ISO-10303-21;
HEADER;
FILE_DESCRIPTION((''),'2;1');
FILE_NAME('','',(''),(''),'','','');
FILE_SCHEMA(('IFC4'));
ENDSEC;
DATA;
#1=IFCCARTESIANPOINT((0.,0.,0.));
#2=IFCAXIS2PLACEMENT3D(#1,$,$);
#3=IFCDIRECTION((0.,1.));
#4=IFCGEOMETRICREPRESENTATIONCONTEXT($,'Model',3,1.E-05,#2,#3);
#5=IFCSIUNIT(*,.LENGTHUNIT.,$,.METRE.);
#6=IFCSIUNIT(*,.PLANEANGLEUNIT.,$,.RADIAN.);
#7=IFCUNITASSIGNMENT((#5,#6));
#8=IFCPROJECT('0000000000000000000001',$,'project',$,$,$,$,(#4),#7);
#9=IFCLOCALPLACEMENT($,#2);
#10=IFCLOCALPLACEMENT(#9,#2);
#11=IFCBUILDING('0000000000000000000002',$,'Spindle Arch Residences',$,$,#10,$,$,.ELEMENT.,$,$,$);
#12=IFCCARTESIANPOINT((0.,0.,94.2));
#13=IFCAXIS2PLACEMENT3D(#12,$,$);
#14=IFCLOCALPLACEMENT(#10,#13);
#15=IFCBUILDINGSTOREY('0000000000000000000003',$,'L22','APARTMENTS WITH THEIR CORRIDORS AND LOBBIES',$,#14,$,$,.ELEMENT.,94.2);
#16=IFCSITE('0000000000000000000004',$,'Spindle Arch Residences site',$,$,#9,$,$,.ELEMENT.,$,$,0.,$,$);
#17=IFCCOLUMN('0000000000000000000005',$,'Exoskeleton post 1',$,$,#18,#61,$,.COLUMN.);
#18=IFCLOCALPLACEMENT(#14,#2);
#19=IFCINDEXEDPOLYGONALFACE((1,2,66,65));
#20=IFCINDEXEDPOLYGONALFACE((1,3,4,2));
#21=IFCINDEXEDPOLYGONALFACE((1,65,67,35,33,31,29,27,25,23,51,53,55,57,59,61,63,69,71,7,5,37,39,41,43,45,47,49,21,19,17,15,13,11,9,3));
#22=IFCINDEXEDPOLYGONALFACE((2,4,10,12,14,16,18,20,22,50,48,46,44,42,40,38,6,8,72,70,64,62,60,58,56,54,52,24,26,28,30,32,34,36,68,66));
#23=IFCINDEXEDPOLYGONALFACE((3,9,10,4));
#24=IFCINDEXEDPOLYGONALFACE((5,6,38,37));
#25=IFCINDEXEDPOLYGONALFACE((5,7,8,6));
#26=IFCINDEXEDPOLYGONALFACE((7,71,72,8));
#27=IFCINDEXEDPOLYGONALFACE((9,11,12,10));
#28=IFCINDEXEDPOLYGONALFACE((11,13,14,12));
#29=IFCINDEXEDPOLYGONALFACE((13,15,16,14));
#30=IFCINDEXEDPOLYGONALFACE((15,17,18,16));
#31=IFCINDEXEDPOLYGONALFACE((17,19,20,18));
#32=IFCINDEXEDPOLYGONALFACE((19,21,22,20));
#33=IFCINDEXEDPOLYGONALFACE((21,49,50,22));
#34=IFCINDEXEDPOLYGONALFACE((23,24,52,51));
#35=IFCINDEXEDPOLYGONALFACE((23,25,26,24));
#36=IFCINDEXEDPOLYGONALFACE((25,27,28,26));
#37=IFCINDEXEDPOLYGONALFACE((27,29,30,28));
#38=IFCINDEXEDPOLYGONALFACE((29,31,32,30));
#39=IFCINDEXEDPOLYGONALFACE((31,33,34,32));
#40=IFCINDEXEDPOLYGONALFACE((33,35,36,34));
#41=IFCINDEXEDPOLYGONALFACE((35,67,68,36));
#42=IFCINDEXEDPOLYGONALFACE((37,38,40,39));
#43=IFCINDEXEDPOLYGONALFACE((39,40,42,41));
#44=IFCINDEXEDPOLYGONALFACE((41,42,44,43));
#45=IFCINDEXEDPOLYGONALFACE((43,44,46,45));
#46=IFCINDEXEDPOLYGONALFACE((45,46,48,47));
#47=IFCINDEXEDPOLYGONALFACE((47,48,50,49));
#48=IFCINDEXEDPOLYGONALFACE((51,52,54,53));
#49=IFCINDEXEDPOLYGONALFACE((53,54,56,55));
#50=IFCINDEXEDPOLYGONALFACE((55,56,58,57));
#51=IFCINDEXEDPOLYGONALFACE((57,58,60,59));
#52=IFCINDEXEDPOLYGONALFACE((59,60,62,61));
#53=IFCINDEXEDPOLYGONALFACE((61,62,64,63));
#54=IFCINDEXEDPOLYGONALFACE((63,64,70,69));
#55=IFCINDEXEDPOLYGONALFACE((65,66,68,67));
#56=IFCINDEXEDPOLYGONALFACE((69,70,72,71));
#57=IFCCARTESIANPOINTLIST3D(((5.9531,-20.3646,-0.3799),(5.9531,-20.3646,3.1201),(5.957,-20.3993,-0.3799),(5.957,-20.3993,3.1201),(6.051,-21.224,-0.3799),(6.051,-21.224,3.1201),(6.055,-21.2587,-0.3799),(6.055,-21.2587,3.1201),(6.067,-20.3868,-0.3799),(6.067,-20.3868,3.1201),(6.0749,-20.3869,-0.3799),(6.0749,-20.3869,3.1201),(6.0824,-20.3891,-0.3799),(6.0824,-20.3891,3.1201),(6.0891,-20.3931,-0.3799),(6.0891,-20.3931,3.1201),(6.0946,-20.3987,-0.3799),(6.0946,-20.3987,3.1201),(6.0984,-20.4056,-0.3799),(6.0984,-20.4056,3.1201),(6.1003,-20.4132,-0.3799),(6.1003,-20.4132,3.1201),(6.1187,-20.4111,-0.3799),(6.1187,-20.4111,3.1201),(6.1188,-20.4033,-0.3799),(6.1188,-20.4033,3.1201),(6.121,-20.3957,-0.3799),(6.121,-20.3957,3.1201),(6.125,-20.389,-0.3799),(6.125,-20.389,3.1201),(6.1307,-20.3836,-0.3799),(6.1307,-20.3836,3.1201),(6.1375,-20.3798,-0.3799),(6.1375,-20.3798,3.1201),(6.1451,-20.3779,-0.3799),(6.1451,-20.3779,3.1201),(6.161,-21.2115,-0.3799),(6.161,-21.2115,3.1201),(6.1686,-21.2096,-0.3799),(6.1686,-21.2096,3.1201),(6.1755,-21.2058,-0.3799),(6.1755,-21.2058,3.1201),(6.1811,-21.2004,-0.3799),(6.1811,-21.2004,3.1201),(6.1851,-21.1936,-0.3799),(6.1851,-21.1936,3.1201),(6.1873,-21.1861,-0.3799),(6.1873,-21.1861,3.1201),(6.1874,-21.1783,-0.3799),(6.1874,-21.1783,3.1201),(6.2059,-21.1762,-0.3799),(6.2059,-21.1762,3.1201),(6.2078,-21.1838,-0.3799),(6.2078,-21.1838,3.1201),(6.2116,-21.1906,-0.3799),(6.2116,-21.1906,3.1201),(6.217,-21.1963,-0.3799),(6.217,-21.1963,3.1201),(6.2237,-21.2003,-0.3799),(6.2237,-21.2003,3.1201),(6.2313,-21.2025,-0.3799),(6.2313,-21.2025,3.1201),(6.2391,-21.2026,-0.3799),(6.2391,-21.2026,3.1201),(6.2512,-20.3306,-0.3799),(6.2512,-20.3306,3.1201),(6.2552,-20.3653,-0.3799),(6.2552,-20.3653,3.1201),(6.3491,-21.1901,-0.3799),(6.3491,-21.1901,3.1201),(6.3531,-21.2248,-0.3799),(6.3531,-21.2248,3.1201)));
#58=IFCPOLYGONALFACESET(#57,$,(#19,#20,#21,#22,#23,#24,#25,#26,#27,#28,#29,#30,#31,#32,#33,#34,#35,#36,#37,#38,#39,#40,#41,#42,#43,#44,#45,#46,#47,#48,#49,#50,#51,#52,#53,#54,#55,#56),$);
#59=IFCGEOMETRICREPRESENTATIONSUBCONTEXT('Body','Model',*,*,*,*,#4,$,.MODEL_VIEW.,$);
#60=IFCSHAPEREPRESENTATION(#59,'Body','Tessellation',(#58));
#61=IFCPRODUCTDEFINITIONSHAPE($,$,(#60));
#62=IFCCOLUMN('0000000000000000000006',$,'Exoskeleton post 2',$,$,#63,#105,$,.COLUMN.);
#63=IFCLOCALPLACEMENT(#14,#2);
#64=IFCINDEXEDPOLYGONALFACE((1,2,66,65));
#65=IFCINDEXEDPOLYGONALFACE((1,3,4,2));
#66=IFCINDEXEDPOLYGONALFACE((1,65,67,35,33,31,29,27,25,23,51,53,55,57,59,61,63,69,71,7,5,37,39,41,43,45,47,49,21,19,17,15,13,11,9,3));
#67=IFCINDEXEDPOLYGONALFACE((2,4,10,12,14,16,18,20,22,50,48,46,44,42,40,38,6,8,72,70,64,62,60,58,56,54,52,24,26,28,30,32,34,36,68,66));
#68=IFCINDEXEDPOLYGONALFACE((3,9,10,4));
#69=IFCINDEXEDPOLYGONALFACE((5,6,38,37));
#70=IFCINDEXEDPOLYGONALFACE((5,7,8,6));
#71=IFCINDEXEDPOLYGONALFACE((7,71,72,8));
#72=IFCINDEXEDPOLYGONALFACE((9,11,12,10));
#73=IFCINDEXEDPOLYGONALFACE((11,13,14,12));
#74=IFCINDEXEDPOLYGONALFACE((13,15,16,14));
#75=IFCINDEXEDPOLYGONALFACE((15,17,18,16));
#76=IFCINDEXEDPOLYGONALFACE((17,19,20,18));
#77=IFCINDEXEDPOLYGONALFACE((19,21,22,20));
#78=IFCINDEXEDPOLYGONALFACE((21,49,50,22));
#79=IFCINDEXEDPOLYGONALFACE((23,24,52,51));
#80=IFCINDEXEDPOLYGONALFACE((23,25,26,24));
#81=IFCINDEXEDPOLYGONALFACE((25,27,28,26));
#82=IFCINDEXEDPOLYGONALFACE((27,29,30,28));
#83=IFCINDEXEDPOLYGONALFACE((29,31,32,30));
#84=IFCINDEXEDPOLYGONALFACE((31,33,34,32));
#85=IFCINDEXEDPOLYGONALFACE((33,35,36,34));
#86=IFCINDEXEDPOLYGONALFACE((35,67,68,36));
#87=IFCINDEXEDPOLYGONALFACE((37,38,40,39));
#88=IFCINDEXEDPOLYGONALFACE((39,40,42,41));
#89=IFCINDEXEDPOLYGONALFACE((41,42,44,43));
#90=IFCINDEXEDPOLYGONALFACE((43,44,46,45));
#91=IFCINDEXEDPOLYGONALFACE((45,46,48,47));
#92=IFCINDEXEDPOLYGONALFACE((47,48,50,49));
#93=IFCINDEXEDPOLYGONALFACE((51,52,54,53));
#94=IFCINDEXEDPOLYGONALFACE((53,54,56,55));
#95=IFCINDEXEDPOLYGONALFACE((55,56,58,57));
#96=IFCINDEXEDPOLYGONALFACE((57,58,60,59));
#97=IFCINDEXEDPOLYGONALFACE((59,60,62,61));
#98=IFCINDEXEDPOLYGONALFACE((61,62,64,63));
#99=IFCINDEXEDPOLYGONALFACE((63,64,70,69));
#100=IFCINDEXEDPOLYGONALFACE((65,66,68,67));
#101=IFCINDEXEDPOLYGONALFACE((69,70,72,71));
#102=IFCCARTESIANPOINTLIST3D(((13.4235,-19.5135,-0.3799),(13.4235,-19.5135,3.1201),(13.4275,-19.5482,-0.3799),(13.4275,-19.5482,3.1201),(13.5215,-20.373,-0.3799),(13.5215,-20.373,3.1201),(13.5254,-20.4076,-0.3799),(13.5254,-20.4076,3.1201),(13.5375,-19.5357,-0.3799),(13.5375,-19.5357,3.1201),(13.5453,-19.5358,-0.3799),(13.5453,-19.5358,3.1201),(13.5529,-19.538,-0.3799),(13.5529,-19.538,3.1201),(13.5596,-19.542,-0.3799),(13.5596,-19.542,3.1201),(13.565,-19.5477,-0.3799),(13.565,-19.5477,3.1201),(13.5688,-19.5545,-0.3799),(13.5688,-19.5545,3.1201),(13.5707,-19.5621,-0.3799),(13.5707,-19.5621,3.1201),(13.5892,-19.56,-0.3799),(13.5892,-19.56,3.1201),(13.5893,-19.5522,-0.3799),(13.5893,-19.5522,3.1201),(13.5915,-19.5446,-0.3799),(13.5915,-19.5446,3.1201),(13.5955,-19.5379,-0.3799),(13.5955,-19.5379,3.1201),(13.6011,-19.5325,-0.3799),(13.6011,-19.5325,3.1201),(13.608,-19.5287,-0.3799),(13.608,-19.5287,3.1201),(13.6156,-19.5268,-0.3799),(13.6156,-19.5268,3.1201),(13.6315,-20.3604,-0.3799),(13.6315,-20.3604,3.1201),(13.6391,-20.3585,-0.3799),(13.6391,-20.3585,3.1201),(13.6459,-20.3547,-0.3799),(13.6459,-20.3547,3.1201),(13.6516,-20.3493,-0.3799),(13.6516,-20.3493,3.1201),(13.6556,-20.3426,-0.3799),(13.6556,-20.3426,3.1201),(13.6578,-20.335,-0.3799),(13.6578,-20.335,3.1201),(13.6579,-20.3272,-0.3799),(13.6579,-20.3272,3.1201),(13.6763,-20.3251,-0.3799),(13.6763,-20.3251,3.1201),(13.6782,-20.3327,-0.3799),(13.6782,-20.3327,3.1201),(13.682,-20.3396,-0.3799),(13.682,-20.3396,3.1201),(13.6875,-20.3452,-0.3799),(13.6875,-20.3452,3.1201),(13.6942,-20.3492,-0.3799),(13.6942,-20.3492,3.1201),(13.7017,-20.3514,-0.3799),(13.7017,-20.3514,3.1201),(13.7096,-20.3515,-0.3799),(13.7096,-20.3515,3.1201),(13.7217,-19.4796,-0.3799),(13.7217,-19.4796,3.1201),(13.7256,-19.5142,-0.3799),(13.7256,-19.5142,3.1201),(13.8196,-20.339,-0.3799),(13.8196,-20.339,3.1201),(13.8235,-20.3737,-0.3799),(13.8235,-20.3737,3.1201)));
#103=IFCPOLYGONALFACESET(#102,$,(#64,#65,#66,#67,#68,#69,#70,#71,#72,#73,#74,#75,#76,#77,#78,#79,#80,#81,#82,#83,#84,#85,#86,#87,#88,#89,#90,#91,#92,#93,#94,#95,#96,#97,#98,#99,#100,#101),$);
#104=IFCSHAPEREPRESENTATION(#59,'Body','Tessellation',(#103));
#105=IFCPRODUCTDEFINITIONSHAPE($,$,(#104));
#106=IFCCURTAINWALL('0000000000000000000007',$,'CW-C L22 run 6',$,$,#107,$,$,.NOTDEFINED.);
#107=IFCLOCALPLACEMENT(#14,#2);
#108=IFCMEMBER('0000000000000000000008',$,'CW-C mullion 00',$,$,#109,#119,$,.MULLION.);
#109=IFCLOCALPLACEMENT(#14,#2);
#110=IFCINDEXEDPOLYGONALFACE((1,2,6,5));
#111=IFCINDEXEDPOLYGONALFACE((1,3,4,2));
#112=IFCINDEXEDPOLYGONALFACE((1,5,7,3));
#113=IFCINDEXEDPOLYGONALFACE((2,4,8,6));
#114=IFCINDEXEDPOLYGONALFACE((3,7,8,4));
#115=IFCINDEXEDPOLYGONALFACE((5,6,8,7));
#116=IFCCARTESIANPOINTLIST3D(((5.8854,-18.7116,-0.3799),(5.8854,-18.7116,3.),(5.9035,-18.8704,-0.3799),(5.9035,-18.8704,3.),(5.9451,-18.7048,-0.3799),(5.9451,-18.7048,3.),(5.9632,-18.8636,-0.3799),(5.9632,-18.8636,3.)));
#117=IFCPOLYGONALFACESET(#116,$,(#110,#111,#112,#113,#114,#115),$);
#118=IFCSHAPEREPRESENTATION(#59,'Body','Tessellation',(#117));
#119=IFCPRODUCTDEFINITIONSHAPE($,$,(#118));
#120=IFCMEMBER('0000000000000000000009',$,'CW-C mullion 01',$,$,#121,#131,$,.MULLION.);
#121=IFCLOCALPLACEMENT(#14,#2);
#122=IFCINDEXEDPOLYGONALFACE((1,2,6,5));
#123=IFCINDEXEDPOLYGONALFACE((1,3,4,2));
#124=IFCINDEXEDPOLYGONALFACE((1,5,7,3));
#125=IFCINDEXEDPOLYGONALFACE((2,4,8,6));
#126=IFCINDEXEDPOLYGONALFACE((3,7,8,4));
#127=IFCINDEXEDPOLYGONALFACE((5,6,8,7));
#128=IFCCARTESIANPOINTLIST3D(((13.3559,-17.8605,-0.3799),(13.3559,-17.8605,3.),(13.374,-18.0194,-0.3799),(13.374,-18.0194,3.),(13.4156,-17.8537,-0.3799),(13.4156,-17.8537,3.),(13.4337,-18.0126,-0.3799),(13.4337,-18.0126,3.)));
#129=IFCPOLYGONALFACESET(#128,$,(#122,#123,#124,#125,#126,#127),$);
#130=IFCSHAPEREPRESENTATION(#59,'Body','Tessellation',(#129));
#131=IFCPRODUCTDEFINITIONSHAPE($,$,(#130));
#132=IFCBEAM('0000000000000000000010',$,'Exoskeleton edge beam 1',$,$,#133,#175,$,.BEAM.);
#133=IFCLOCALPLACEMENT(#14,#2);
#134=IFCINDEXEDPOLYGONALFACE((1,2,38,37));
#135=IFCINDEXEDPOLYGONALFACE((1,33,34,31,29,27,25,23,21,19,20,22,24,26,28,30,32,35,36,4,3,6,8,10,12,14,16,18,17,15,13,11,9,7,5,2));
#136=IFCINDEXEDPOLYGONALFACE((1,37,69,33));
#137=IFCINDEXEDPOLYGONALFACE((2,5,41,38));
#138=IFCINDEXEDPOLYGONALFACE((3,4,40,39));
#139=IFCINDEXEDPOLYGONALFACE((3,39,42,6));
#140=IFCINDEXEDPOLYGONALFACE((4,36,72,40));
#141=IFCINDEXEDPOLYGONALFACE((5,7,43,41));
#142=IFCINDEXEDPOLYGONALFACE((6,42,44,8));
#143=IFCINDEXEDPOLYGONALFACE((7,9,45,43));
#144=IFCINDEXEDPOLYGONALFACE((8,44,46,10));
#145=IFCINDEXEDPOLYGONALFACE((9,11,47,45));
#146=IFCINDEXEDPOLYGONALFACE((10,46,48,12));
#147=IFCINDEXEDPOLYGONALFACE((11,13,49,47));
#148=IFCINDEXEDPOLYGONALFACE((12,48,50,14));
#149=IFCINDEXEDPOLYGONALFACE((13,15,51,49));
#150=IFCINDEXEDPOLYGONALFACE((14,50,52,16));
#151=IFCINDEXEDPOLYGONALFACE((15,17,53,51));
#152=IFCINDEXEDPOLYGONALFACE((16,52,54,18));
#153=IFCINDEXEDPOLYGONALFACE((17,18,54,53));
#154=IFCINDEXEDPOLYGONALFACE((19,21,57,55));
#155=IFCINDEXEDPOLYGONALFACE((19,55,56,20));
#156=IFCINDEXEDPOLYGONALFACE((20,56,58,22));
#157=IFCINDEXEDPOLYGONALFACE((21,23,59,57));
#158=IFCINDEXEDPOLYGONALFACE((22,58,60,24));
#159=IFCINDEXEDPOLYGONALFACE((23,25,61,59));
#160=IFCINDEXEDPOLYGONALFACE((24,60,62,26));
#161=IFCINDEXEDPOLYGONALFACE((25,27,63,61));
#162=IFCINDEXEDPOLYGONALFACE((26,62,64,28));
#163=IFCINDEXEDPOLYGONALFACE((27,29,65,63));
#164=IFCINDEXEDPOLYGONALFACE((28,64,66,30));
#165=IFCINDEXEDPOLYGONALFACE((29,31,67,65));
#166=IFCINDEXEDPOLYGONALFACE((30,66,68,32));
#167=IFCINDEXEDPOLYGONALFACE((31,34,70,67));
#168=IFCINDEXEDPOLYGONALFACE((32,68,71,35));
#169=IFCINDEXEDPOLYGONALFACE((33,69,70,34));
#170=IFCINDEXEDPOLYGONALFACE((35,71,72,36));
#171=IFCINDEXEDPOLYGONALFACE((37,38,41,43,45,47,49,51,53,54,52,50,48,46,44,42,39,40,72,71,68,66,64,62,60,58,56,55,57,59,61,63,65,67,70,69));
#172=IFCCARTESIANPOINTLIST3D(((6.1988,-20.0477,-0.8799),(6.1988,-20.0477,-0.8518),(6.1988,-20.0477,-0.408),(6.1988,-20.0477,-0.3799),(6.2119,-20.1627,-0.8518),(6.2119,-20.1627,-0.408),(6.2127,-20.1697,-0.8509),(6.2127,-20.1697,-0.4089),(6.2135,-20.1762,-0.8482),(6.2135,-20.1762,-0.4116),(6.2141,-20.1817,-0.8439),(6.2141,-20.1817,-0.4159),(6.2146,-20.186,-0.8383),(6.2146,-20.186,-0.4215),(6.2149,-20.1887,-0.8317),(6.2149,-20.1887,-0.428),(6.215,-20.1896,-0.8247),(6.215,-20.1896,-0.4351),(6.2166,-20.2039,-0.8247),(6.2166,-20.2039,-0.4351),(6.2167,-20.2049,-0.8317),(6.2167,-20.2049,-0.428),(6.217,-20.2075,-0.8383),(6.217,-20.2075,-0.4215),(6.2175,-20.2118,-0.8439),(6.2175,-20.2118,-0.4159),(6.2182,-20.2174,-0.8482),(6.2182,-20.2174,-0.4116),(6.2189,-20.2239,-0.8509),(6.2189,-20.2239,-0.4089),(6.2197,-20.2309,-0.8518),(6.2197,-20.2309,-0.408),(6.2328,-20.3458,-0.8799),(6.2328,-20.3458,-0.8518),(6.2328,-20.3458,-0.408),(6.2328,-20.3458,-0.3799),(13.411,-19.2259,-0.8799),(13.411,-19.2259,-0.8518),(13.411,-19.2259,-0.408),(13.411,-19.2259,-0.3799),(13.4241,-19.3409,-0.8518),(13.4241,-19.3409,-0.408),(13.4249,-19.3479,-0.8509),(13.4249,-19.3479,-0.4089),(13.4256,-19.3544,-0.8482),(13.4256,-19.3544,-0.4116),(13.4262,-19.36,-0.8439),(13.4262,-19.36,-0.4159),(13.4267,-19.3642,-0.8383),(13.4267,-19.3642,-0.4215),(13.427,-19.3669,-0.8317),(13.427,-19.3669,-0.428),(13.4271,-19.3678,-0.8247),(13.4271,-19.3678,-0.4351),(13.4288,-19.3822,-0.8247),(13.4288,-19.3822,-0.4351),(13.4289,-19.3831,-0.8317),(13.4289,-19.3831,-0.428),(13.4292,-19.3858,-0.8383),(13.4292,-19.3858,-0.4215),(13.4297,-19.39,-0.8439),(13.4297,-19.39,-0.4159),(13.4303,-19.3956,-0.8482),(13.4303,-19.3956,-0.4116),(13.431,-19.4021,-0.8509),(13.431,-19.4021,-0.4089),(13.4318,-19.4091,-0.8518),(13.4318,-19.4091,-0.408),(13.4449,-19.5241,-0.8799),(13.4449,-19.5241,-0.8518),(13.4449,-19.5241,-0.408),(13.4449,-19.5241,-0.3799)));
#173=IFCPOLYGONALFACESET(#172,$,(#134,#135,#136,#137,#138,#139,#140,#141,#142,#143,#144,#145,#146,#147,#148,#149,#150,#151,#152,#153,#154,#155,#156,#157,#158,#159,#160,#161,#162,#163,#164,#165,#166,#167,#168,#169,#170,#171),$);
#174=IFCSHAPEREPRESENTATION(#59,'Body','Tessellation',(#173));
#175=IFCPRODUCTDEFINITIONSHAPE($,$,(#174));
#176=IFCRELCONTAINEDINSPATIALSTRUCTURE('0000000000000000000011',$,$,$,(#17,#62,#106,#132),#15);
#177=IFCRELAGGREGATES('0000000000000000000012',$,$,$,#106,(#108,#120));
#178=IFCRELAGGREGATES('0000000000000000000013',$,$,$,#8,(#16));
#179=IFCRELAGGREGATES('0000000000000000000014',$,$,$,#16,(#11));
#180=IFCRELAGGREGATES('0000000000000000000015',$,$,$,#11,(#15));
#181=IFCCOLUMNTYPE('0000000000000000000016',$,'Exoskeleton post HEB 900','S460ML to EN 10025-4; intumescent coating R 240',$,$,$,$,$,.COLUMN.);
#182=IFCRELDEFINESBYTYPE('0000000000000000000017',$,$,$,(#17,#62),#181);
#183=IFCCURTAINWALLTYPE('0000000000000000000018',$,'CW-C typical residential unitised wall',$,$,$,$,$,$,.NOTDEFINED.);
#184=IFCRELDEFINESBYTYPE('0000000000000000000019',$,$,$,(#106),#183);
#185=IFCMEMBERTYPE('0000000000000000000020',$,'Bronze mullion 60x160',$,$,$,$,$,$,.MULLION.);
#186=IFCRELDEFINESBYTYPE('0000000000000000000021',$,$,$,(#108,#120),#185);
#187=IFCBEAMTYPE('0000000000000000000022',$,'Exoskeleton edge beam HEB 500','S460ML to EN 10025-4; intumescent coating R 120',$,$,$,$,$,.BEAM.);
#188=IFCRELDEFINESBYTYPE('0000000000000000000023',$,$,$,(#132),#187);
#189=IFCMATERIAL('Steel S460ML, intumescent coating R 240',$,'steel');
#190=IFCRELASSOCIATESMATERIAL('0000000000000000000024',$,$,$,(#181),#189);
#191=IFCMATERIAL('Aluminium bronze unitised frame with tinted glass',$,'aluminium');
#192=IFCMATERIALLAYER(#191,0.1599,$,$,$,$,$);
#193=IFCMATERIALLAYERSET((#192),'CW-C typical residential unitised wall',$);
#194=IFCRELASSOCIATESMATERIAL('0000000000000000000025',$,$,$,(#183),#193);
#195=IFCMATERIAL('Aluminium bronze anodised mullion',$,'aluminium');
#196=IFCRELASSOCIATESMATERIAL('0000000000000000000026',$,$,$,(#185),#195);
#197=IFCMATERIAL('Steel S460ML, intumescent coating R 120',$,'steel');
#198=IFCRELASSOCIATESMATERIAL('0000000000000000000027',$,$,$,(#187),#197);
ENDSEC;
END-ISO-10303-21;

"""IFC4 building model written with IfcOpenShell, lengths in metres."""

from ifc_helpers import new_model, si_unit, direction, frame, origin, origin_2d, place, context, subcontext, project, spatial, rectangle, i_section, extrude, material, layer, layer_set, material_profile, profile_set, type_object, element, aggregate, save


model = new_model("IFC4")

# Units and contexts
model_context = context("Model", 3, precision=1e-05, world=origin(), true_north=direction((0.0, 1.0)))
body_context = subcontext(model_context, "Body", "Model", "MODEL_VIEW")
ifc_project = project(units=[si_unit("LENGTHUNIT", "METRE"), si_unit("PLANEANGLEUNIT", "RADIAN")], contexts=[model_context])

# Site, building, storey
site_placement = place(None, origin())
site = spatial("IfcSite", under=ifc_project, at=site_placement, Name="Spindle Arch Residences site", CompositionType="ELEMENT", RefElevation=0.0)
building_placement = place(site_placement, origin())
building = spatial("IfcBuilding", under=site, at=building_placement, Name="Spindle Arch Residences", CompositionType="ELEMENT")
storey_placement = place(building_placement, frame((0.0, 0.0, 94.2)))
storey = spatial("IfcBuildingStorey", under=building, at=storey_placement, Name="L22", Description="APARTMENTS WITH THEIR CORRIDORS AND LOBBIES", CompositionType="ELEMENT", Elevation=94.2)

# Columns
ifc_material_1 = material(Name="Steel S460ML, intumescent coating R 240", Category="steel")
ifc_material_profile_1 = material_profile(ifc_material_1, i_section(OverallWidth=0.3, OverallDepth=0.8999, WebThickness=0.0186, FlangeThickness=0.0349, FilletRadius=0.03, at=origin_2d()), Name="HEB 900")
ifc_profile_set_1 = profile_set([ifc_material_profile_1], Name="Steel S460ML, intumescent coating R 240")
column_type = type_object("IfcColumnType", Name="Exoskeleton post HEB 900", Description="S460ML to EN 10025-4; intumescent coating R 240", PredefinedType="COLUMN", material=ifc_profile_set_1)
for number, where, z_axis, x_axis, name in (
    (1, (6.1531, -20.7947, -0.3799), (0.0, 0.0, 1.0), (-0.993572, -0.113203, 0.0), "Exoskeleton post 1"),
    (2, (13.6235, -19.9436, -0.3799), (0.0, 0.0, 1.0), (-0.993572, -0.113203, 0.0), "Exoskeleton post 2"),
):
    element("IfcColumn", number, at=place(storey_placement, frame(where, z_axis=z_axis, x_axis=x_axis)), inside=storey, type_object=column_type, Name=name, PredefinedType="COLUMN", context=body_context, shape_type="SweptSolid", body=[
        extrude(i_section(OverallWidth=0.3, OverallDepth=0.8999, WebThickness=0.0186, FlangeThickness=0.0349, FilletRadius=0.03, at=origin_2d()), origin(), (0.0, 0.0, 1.0), 3.5),
    ])

# Curtain wall, members
ifc_material_2 = material(Name="Aluminium bronze unitised frame with tinted glass", Category="aluminium")
ifc_layer_1 = layer(ifc_material_2, 0.1599)
ifc_layer_set_1 = layer_set([ifc_layer_1], Name="CW-C typical residential unitised wall")
curtain_wall_type = type_object("IfcCurtainWallType", Name="CW-C typical residential unitised wall", PredefinedType="NOTDEFINED", material=ifc_layer_set_1)
curtain_wall_placement = place(storey_placement, origin())
curtain_wall = element("IfcCurtainWall", 3, at=curtain_wall_placement, inside=storey, type_object=curtain_wall_type, Name="CW-C L22 run 6", PredefinedType="NOTDEFINED")
ifc_material_3 = material(Name="Aluminium bronze anodised mullion", Category="aluminium")
ifc_material_profile_2 = material_profile(ifc_material_3, rectangle(XDim=0.1599, YDim=0.0601, at=origin_2d()), Name="MU 60x160")
ifc_profile_set_2 = profile_set([ifc_material_profile_2], Name="Aluminium bronze anodised mullion")
member_type = type_object("IfcMemberType", Name="Bronze mullion 60x160", PredefinedType="MULLION", material=ifc_profile_set_2)
member_1_placement = place(storey_placement, frame((5.9243, -18.7876, -0.3799), z_axis=(0.0, 0.0, 1.0), x_axis=(-0.113203, 0.993572, 0.0)))
member_1 = element("IfcMember", 4, at=member_1_placement, type_object=member_type, Name="CW-C mullion 00", PredefinedType="MULLION", context=body_context, shape_type="SweptSolid", body=[
    extrude(rectangle(XDim=0.1599, YDim=0.0601, at=origin_2d()), origin(), (0.0, 0.0, 1.0), 3.3799),
])
member_2_placement = place(storey_placement, frame((13.3948, -17.9365, -0.3799), z_axis=(0.0, 0.0, 1.0), x_axis=(-0.113203, 0.993572, 0.0)))
member_2 = element("IfcMember", 5, at=member_2_placement, type_object=member_type, Name="CW-C mullion 01", PredefinedType="MULLION", context=body_context, shape_type="SweptSolid", body=[
    extrude(rectangle(XDim=0.1599, YDim=0.0601, at=origin_2d()), origin(), (0.0, 0.0, 1.0), 3.3799),
])

# Beam
ifc_material_4 = material(Name="Steel S460ML, intumescent coating R 120", Category="steel")
ifc_material_profile_3 = material_profile(ifc_material_4, i_section(OverallWidth=0.3, OverallDepth=0.5, WebThickness=0.0144, FlangeThickness=0.0281, FilletRadius=0.0271, at=origin_2d()), Name="HEB 500")
ifc_profile_set_3 = profile_set([ifc_material_profile_3], Name="Steel S460ML, intumescent coating R 120")
beam_type_1 = type_object("IfcBeamType", Name="Exoskeleton edge beam HEB 500", Description="S460ML to EN 10025-4; intumescent coating R 120", PredefinedType="BEAM", material=ifc_profile_set_3)
for number, where, z_axis, x_axis, name in (
    (6, (6.2158, -20.1968, -0.6299), (0.993571, 0.113211, 0.0), (-0.113211, 0.993571, 0.0), "Exoskeleton edge beam 1"),
):
    element("IfcBeam", number, at=place(storey_placement, frame(where, z_axis=z_axis, x_axis=x_axis)), inside=storey, type_object=beam_type_1, Name=name, PredefinedType="BEAM", context=body_context, shape_type="SweptSolid", body=[
        extrude(i_section(OverallWidth=0.3, OverallDepth=0.5, WebThickness=0.0144, FlangeThickness=0.0281, FilletRadius=0.0271, at=origin_2d()), origin(), (0.0, 0.0, 1.0), 7.2588),
    ])

aggregate(curtain_wall, [member_1, member_2])

save(model, "model.ifc")
